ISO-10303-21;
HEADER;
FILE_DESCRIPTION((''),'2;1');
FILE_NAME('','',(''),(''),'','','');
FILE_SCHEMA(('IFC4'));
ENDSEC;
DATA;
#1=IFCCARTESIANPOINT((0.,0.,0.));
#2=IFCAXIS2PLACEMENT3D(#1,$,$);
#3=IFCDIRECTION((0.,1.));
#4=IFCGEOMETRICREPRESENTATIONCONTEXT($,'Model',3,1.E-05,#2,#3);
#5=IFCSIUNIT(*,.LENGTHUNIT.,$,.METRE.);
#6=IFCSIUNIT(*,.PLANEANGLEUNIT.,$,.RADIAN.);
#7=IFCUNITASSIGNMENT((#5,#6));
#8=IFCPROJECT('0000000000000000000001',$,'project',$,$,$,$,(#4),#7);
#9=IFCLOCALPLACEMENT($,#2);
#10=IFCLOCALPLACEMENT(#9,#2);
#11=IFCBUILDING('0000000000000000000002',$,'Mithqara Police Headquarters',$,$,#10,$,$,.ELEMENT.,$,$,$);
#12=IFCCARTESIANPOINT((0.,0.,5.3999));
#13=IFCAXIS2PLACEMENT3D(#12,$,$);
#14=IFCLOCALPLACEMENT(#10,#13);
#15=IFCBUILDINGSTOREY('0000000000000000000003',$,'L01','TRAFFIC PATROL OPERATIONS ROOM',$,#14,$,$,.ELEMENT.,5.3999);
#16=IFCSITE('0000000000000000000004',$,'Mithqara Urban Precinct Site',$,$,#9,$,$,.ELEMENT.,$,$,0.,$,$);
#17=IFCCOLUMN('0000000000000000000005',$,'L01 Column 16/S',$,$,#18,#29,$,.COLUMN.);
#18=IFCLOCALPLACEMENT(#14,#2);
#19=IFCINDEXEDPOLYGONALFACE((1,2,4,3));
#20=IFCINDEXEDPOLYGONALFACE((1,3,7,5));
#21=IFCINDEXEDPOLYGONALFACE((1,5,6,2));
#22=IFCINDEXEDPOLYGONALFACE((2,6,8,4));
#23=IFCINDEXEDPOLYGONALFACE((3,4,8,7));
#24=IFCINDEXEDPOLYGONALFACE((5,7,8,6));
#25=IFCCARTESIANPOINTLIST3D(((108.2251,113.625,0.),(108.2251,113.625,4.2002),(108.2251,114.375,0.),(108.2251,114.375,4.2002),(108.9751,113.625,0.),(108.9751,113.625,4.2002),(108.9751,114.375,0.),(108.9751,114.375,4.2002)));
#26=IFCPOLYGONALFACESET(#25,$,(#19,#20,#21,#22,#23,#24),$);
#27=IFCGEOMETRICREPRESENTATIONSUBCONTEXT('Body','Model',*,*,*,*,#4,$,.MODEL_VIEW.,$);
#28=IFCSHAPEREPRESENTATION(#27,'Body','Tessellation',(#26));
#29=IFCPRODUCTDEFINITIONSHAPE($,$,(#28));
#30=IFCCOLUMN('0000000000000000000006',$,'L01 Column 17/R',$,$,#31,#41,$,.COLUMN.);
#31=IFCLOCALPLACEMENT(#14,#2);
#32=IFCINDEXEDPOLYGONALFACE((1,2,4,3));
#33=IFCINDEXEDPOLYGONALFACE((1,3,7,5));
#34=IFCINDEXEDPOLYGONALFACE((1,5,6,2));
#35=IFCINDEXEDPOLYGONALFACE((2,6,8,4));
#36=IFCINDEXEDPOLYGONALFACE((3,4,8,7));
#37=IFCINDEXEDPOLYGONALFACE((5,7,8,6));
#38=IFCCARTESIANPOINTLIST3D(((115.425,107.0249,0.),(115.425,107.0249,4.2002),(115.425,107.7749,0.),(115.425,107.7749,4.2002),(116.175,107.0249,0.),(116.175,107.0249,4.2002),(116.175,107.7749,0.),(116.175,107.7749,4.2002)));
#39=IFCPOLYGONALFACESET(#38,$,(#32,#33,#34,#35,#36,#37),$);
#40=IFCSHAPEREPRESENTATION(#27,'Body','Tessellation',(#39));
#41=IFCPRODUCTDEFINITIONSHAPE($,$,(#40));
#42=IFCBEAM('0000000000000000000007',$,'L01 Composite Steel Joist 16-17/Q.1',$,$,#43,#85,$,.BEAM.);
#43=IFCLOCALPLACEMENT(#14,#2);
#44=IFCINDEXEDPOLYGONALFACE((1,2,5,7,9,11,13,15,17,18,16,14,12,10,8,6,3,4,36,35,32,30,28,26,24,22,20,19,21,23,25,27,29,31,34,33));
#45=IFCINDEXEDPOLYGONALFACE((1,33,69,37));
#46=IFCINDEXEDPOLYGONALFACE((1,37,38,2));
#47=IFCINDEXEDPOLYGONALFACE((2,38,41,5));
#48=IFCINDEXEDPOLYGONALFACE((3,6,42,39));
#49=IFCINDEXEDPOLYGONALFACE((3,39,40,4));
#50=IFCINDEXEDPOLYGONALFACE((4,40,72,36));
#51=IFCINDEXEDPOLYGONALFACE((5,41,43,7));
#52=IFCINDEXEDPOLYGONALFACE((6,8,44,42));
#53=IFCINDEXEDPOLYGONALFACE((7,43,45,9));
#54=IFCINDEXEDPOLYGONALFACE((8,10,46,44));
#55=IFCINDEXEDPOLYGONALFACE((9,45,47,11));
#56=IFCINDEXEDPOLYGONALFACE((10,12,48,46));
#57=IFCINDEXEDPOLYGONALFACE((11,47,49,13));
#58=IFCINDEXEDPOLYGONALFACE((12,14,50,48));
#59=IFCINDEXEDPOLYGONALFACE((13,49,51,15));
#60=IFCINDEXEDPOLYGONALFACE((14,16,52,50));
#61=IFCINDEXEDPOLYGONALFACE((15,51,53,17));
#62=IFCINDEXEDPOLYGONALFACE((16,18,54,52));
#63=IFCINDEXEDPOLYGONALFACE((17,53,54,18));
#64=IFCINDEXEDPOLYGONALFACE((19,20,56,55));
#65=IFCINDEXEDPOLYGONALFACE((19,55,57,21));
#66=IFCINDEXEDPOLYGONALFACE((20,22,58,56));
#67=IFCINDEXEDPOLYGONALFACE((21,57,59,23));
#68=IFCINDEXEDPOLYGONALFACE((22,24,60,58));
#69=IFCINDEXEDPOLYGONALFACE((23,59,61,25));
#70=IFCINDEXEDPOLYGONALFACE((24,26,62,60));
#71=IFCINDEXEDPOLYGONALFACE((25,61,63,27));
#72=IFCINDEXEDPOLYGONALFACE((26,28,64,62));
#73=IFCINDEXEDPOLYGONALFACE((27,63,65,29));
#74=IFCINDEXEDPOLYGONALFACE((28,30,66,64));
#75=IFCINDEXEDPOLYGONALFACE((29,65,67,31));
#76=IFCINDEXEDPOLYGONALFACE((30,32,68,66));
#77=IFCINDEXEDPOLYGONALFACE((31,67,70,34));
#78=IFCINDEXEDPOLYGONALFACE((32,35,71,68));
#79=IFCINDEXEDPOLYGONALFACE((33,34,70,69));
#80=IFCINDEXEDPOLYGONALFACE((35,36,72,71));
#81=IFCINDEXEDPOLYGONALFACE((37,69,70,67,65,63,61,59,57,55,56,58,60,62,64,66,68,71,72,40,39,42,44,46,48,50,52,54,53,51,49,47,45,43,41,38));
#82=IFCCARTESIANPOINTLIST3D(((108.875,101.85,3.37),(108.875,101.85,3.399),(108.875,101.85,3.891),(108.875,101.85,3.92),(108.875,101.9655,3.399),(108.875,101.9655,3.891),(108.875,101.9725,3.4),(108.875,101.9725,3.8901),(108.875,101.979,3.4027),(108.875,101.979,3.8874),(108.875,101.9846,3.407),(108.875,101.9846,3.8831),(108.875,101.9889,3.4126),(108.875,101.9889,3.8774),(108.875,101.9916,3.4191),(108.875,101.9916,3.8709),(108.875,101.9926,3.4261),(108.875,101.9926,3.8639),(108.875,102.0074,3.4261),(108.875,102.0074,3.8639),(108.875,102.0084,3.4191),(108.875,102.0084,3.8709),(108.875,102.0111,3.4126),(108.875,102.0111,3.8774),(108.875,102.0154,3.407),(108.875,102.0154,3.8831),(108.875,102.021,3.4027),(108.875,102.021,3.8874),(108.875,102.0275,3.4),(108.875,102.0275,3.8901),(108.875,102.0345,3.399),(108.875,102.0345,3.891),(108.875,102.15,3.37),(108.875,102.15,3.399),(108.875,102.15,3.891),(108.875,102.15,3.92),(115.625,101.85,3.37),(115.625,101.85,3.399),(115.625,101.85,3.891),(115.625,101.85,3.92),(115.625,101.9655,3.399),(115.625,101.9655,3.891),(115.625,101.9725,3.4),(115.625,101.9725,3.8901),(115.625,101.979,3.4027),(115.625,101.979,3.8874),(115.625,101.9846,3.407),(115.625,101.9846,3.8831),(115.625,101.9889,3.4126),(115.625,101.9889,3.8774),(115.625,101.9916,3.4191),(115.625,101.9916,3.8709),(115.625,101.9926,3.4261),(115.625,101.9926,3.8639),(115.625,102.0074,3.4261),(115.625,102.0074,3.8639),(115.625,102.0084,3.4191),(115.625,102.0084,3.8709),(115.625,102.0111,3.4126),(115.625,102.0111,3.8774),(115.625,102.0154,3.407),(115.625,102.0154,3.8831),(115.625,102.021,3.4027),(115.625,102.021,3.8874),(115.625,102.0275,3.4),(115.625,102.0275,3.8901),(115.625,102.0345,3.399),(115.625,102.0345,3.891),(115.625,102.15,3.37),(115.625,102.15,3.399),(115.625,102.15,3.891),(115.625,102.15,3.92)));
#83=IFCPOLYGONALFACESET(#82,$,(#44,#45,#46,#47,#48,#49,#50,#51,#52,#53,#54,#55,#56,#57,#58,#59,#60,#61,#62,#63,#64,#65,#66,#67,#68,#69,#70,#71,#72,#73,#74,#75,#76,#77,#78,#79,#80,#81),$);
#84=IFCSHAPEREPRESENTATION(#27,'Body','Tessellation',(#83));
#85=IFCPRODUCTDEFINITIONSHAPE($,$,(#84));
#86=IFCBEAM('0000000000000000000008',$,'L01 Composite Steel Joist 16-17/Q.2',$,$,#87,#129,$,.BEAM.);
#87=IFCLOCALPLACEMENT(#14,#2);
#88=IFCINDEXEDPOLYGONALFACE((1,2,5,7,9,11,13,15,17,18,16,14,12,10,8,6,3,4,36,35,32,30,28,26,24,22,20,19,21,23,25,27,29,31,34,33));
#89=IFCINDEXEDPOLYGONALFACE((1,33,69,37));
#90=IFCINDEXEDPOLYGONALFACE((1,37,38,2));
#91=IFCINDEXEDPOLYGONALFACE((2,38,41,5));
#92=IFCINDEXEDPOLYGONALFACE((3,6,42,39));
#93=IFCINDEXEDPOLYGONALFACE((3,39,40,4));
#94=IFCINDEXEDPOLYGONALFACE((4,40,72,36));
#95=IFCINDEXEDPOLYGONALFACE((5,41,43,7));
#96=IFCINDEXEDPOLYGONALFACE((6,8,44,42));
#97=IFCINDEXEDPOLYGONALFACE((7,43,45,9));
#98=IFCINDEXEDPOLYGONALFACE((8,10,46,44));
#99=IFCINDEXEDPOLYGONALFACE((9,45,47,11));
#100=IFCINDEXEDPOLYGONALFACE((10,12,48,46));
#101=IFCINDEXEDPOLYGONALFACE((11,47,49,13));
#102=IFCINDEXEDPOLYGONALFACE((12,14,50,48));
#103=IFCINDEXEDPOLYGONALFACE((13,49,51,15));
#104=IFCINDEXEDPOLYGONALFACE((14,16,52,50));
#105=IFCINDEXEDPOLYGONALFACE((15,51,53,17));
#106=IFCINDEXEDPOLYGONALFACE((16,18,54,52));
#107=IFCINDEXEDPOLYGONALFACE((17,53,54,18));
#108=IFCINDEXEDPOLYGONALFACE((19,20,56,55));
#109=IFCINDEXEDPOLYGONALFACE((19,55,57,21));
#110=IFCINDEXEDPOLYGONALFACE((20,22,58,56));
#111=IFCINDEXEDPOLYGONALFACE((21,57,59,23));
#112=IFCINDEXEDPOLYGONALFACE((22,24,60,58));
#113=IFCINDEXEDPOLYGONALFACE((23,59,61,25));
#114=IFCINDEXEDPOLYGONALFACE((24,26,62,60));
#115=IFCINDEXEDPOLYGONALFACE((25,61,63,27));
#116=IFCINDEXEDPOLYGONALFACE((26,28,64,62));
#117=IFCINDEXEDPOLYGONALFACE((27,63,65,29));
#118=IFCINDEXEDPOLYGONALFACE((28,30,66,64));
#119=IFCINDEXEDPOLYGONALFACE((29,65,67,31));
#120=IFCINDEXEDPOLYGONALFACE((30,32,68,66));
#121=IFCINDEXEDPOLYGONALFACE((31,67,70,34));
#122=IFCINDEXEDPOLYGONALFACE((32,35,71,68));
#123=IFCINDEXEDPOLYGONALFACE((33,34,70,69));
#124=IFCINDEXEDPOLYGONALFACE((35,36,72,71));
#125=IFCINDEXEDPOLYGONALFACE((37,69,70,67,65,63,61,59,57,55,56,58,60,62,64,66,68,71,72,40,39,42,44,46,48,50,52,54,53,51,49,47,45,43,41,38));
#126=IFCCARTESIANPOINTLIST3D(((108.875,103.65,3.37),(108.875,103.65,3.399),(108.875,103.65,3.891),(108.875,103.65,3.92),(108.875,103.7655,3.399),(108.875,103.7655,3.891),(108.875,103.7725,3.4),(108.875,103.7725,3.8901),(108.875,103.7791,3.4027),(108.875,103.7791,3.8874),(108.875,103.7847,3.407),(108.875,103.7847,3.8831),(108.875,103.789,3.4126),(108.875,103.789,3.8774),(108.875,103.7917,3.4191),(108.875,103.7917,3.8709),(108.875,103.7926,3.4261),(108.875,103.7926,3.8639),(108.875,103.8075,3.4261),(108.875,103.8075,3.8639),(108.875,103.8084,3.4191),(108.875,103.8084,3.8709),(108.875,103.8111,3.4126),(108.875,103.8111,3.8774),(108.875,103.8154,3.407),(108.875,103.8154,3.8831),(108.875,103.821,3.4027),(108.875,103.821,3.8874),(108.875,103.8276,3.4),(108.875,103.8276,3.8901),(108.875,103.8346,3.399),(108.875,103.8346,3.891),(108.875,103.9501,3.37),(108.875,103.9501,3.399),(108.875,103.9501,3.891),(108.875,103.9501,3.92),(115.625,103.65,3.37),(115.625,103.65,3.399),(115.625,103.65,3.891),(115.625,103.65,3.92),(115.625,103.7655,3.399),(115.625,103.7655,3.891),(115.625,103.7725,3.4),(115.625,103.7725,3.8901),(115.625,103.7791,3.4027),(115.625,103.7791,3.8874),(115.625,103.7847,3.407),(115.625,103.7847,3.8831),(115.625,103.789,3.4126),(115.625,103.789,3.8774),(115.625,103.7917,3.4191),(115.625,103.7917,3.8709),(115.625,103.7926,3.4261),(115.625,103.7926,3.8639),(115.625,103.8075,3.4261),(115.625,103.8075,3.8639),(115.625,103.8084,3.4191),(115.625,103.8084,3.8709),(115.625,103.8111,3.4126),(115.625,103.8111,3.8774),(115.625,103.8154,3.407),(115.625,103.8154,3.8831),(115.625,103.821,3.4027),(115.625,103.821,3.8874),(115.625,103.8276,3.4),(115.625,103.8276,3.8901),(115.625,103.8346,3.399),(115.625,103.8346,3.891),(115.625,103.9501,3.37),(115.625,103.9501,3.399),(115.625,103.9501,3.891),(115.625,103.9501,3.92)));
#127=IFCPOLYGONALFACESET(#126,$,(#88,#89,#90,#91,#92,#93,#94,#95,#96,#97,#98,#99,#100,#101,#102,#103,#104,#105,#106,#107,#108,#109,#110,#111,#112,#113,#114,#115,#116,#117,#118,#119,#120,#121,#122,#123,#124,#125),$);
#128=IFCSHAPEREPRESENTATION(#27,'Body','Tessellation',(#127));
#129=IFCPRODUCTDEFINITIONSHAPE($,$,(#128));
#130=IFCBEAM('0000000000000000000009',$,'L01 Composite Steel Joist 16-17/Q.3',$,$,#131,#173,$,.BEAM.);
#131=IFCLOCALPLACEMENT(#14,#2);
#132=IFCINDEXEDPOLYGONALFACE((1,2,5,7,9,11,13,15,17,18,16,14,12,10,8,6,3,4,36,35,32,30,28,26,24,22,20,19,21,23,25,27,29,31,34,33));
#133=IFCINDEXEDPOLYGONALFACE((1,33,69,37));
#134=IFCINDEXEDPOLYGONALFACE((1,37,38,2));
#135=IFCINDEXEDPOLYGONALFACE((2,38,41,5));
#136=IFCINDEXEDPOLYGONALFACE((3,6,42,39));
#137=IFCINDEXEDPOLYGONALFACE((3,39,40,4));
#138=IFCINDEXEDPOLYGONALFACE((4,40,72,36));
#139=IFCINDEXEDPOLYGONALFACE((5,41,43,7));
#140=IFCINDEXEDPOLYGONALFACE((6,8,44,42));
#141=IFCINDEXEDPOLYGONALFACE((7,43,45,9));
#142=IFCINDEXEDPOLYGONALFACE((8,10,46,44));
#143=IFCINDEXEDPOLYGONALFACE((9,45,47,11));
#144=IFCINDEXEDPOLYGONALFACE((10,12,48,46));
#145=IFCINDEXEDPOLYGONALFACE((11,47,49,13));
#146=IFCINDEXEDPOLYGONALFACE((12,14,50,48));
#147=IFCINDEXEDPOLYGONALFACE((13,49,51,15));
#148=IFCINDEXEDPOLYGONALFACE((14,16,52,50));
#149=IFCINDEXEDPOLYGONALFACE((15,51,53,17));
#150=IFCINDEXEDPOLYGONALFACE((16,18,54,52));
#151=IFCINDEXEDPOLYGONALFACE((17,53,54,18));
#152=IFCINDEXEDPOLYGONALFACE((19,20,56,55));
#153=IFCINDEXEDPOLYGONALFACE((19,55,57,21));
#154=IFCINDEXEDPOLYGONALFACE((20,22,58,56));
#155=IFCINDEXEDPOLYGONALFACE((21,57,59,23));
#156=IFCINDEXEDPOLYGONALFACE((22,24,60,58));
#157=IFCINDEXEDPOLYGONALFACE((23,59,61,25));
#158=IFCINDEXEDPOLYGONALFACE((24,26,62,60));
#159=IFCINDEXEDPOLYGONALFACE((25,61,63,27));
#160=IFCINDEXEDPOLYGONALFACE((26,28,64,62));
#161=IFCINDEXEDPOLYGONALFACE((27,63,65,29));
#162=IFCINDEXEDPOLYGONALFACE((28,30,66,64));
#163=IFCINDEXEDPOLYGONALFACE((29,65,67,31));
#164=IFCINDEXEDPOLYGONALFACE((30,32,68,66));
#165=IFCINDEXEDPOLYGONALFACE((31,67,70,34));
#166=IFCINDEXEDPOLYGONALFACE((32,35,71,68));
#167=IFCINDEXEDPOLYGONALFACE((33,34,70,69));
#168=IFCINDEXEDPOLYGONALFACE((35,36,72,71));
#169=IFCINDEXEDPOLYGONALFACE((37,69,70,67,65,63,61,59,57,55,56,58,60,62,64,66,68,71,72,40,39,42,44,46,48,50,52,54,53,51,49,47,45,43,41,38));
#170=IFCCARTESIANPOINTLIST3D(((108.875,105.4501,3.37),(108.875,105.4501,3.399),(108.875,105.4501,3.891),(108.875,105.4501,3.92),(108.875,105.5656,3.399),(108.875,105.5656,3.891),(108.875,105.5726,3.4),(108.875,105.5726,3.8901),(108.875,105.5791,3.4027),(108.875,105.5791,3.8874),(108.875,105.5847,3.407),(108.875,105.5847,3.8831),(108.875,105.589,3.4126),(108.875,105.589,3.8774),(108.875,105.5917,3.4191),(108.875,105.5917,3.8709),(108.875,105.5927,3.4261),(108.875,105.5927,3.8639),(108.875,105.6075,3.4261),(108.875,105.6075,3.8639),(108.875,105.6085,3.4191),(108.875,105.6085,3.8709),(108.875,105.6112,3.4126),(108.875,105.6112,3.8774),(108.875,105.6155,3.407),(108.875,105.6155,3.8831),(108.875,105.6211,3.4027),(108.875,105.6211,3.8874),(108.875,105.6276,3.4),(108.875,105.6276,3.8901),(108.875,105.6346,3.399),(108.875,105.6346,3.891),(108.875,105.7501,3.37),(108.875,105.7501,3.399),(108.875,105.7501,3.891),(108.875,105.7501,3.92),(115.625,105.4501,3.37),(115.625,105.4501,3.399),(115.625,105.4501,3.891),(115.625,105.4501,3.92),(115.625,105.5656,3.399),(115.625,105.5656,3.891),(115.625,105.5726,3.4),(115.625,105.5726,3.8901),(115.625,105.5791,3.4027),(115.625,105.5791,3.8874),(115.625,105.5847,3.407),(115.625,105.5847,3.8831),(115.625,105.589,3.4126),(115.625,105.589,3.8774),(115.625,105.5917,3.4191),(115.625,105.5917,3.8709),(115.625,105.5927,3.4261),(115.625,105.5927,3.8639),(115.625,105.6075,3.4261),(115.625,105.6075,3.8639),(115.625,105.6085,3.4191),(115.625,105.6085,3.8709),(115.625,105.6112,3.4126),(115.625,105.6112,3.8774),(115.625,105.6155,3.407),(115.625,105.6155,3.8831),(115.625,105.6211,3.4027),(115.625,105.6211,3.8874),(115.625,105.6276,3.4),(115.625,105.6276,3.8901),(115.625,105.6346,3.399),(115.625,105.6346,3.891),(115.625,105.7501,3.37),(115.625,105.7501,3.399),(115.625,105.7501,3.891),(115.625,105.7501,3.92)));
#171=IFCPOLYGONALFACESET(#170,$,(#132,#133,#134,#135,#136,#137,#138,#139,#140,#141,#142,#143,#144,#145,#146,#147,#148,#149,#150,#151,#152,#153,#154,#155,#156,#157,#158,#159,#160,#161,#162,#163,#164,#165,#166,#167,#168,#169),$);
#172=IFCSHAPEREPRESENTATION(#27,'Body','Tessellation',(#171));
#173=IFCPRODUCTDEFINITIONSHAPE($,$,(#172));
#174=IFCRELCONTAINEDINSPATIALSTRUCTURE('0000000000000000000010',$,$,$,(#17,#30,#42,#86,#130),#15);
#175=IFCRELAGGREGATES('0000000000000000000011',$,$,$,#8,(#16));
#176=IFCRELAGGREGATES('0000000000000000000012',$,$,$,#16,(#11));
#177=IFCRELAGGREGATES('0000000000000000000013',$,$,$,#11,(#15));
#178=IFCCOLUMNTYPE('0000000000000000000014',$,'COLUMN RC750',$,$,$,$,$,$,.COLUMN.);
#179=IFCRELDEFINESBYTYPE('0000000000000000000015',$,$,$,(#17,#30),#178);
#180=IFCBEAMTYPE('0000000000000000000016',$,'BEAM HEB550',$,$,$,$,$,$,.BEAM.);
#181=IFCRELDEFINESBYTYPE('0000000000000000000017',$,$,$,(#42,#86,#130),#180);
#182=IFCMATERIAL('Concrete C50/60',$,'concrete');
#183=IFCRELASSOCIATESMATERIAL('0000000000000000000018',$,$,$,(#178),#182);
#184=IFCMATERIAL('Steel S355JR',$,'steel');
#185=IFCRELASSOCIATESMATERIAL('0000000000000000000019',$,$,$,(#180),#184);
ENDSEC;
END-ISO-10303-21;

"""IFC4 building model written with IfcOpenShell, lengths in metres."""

from ifc_helpers import new_model, si_unit, direction, frame, origin, origin_2d, place, context, subcontext, project, spatial, rectangle, i_section, extrude, material, material_profile, profile_set, type_object, element, save


model = new_model("IFC4")

# Units and contexts
model_context = context("Model", 3, precision=1e-05, world=origin(), true_north=direction((0.0, 1.0)))
body_context = subcontext(model_context, "Body", "Model", "MODEL_VIEW")
ifc_project = project(units=[si_unit("LENGTHUNIT", "METRE"), si_unit("PLANEANGLEUNIT", "RADIAN")], contexts=[model_context])

# Site, building, storey
site_placement = place(None, origin())
site = spatial("IfcSite", under=ifc_project, at=site_placement, Name="Mithqara Urban Precinct Site", CompositionType="ELEMENT", RefElevation=0.0)
building_placement = place(site_placement, origin())
building = spatial("IfcBuilding", under=site, at=building_placement, Name="Mithqara Police Headquarters", CompositionType="ELEMENT")
storey_placement = place(building_placement, frame((0.0, 0.0, 5.3999)))
storey = spatial("IfcBuildingStorey", under=building, at=storey_placement, Name="L01", Description="TRAFFIC PATROL OPERATIONS ROOM", CompositionType="ELEMENT", Elevation=5.3999)

# Columns
ifc_material_1 = material(Name="Concrete C50/60", Category="concrete")
ifc_material_profile_1 = material_profile(ifc_material_1, rectangle(XDim=0.75, YDim=0.75, at=origin_2d()), Name="RC 750x750")
ifc_profile_set_1 = profile_set([ifc_material_profile_1], Name="Concrete C50/60")
column_type = type_object("IfcColumnType", Name="COLUMN RC750", PredefinedType="COLUMN", material=ifc_profile_set_1)
for number, where, z_axis, x_axis, name in (
    (1, (108.6001, 114.0, 0.0), (0.0, 0.0, 1.0), (1.0, 0.0, 0.0), "L01 Column 16/S"),
    (2, (115.8, 107.3999, 0.0), (0.0, 0.0, 1.0), (1.0, 0.0, 0.0), "L01 Column 17/R"),
):
    element("IfcColumn", number, at=place(storey_placement, frame(where, z_axis=z_axis, x_axis=x_axis)), inside=storey, type_object=column_type, Name=name, PredefinedType="COLUMN", context=body_context, shape_type="SweptSolid", body=[
        extrude(rectangle(XDim=0.75, YDim=0.75, at=origin_2d()), origin(), (0.0, 0.0, 1.0), 4.2002),
    ])

# Beams
ifc_material_2 = material(Name="Steel S355JR", Category="steel")
ifc_material_profile_2 = material_profile(ifc_material_2, i_section(OverallWidth=0.3, OverallDepth=0.55, WebThickness=0.0149, FlangeThickness=0.0291, FilletRadius=0.0271, at=origin_2d()), Name="HEB 550")
ifc_profile_set_2 = profile_set([ifc_material_profile_2], Name="Steel S355JR")
beam_type_1 = type_object("IfcBeamType", Name="BEAM HEB550", PredefinedType="BEAM", material=ifc_profile_set_2)
for number, where, z_axis, x_axis, name in (
    (3, (108.875, 102.0, 3.645), (1.0, 0.0, 0.0), (0.0, 1.0, 0.0), "L01 Composite Steel Joist 16-17/Q.1"),
    (4, (108.875, 103.8, 3.645), (1.0, 0.0, 0.0), (0.0, 1.0, 0.0), "L01 Composite Steel Joist 16-17/Q.2"),
    (5, (108.875, 105.6001, 3.645), (1.0, 0.0, 0.0), (0.0, 1.0, 0.0), "L01 Composite Steel Joist 16-17/Q.3"),
):
    element("IfcBeam", number, at=place(storey_placement, frame(where, z_axis=z_axis, x_axis=x_axis)), inside=storey, type_object=beam_type_1, Name=name, PredefinedType="BEAM", context=body_context, shape_type="SweptSolid", body=[
        extrude(i_section(OverallWidth=0.3, OverallDepth=0.55, WebThickness=0.0149, FlangeThickness=0.0291, FilletRadius=0.0271, at=origin_2d()), origin(), (0.0, 0.0, 1.0), 6.75),
    ])

save(model, "model.ifc")
